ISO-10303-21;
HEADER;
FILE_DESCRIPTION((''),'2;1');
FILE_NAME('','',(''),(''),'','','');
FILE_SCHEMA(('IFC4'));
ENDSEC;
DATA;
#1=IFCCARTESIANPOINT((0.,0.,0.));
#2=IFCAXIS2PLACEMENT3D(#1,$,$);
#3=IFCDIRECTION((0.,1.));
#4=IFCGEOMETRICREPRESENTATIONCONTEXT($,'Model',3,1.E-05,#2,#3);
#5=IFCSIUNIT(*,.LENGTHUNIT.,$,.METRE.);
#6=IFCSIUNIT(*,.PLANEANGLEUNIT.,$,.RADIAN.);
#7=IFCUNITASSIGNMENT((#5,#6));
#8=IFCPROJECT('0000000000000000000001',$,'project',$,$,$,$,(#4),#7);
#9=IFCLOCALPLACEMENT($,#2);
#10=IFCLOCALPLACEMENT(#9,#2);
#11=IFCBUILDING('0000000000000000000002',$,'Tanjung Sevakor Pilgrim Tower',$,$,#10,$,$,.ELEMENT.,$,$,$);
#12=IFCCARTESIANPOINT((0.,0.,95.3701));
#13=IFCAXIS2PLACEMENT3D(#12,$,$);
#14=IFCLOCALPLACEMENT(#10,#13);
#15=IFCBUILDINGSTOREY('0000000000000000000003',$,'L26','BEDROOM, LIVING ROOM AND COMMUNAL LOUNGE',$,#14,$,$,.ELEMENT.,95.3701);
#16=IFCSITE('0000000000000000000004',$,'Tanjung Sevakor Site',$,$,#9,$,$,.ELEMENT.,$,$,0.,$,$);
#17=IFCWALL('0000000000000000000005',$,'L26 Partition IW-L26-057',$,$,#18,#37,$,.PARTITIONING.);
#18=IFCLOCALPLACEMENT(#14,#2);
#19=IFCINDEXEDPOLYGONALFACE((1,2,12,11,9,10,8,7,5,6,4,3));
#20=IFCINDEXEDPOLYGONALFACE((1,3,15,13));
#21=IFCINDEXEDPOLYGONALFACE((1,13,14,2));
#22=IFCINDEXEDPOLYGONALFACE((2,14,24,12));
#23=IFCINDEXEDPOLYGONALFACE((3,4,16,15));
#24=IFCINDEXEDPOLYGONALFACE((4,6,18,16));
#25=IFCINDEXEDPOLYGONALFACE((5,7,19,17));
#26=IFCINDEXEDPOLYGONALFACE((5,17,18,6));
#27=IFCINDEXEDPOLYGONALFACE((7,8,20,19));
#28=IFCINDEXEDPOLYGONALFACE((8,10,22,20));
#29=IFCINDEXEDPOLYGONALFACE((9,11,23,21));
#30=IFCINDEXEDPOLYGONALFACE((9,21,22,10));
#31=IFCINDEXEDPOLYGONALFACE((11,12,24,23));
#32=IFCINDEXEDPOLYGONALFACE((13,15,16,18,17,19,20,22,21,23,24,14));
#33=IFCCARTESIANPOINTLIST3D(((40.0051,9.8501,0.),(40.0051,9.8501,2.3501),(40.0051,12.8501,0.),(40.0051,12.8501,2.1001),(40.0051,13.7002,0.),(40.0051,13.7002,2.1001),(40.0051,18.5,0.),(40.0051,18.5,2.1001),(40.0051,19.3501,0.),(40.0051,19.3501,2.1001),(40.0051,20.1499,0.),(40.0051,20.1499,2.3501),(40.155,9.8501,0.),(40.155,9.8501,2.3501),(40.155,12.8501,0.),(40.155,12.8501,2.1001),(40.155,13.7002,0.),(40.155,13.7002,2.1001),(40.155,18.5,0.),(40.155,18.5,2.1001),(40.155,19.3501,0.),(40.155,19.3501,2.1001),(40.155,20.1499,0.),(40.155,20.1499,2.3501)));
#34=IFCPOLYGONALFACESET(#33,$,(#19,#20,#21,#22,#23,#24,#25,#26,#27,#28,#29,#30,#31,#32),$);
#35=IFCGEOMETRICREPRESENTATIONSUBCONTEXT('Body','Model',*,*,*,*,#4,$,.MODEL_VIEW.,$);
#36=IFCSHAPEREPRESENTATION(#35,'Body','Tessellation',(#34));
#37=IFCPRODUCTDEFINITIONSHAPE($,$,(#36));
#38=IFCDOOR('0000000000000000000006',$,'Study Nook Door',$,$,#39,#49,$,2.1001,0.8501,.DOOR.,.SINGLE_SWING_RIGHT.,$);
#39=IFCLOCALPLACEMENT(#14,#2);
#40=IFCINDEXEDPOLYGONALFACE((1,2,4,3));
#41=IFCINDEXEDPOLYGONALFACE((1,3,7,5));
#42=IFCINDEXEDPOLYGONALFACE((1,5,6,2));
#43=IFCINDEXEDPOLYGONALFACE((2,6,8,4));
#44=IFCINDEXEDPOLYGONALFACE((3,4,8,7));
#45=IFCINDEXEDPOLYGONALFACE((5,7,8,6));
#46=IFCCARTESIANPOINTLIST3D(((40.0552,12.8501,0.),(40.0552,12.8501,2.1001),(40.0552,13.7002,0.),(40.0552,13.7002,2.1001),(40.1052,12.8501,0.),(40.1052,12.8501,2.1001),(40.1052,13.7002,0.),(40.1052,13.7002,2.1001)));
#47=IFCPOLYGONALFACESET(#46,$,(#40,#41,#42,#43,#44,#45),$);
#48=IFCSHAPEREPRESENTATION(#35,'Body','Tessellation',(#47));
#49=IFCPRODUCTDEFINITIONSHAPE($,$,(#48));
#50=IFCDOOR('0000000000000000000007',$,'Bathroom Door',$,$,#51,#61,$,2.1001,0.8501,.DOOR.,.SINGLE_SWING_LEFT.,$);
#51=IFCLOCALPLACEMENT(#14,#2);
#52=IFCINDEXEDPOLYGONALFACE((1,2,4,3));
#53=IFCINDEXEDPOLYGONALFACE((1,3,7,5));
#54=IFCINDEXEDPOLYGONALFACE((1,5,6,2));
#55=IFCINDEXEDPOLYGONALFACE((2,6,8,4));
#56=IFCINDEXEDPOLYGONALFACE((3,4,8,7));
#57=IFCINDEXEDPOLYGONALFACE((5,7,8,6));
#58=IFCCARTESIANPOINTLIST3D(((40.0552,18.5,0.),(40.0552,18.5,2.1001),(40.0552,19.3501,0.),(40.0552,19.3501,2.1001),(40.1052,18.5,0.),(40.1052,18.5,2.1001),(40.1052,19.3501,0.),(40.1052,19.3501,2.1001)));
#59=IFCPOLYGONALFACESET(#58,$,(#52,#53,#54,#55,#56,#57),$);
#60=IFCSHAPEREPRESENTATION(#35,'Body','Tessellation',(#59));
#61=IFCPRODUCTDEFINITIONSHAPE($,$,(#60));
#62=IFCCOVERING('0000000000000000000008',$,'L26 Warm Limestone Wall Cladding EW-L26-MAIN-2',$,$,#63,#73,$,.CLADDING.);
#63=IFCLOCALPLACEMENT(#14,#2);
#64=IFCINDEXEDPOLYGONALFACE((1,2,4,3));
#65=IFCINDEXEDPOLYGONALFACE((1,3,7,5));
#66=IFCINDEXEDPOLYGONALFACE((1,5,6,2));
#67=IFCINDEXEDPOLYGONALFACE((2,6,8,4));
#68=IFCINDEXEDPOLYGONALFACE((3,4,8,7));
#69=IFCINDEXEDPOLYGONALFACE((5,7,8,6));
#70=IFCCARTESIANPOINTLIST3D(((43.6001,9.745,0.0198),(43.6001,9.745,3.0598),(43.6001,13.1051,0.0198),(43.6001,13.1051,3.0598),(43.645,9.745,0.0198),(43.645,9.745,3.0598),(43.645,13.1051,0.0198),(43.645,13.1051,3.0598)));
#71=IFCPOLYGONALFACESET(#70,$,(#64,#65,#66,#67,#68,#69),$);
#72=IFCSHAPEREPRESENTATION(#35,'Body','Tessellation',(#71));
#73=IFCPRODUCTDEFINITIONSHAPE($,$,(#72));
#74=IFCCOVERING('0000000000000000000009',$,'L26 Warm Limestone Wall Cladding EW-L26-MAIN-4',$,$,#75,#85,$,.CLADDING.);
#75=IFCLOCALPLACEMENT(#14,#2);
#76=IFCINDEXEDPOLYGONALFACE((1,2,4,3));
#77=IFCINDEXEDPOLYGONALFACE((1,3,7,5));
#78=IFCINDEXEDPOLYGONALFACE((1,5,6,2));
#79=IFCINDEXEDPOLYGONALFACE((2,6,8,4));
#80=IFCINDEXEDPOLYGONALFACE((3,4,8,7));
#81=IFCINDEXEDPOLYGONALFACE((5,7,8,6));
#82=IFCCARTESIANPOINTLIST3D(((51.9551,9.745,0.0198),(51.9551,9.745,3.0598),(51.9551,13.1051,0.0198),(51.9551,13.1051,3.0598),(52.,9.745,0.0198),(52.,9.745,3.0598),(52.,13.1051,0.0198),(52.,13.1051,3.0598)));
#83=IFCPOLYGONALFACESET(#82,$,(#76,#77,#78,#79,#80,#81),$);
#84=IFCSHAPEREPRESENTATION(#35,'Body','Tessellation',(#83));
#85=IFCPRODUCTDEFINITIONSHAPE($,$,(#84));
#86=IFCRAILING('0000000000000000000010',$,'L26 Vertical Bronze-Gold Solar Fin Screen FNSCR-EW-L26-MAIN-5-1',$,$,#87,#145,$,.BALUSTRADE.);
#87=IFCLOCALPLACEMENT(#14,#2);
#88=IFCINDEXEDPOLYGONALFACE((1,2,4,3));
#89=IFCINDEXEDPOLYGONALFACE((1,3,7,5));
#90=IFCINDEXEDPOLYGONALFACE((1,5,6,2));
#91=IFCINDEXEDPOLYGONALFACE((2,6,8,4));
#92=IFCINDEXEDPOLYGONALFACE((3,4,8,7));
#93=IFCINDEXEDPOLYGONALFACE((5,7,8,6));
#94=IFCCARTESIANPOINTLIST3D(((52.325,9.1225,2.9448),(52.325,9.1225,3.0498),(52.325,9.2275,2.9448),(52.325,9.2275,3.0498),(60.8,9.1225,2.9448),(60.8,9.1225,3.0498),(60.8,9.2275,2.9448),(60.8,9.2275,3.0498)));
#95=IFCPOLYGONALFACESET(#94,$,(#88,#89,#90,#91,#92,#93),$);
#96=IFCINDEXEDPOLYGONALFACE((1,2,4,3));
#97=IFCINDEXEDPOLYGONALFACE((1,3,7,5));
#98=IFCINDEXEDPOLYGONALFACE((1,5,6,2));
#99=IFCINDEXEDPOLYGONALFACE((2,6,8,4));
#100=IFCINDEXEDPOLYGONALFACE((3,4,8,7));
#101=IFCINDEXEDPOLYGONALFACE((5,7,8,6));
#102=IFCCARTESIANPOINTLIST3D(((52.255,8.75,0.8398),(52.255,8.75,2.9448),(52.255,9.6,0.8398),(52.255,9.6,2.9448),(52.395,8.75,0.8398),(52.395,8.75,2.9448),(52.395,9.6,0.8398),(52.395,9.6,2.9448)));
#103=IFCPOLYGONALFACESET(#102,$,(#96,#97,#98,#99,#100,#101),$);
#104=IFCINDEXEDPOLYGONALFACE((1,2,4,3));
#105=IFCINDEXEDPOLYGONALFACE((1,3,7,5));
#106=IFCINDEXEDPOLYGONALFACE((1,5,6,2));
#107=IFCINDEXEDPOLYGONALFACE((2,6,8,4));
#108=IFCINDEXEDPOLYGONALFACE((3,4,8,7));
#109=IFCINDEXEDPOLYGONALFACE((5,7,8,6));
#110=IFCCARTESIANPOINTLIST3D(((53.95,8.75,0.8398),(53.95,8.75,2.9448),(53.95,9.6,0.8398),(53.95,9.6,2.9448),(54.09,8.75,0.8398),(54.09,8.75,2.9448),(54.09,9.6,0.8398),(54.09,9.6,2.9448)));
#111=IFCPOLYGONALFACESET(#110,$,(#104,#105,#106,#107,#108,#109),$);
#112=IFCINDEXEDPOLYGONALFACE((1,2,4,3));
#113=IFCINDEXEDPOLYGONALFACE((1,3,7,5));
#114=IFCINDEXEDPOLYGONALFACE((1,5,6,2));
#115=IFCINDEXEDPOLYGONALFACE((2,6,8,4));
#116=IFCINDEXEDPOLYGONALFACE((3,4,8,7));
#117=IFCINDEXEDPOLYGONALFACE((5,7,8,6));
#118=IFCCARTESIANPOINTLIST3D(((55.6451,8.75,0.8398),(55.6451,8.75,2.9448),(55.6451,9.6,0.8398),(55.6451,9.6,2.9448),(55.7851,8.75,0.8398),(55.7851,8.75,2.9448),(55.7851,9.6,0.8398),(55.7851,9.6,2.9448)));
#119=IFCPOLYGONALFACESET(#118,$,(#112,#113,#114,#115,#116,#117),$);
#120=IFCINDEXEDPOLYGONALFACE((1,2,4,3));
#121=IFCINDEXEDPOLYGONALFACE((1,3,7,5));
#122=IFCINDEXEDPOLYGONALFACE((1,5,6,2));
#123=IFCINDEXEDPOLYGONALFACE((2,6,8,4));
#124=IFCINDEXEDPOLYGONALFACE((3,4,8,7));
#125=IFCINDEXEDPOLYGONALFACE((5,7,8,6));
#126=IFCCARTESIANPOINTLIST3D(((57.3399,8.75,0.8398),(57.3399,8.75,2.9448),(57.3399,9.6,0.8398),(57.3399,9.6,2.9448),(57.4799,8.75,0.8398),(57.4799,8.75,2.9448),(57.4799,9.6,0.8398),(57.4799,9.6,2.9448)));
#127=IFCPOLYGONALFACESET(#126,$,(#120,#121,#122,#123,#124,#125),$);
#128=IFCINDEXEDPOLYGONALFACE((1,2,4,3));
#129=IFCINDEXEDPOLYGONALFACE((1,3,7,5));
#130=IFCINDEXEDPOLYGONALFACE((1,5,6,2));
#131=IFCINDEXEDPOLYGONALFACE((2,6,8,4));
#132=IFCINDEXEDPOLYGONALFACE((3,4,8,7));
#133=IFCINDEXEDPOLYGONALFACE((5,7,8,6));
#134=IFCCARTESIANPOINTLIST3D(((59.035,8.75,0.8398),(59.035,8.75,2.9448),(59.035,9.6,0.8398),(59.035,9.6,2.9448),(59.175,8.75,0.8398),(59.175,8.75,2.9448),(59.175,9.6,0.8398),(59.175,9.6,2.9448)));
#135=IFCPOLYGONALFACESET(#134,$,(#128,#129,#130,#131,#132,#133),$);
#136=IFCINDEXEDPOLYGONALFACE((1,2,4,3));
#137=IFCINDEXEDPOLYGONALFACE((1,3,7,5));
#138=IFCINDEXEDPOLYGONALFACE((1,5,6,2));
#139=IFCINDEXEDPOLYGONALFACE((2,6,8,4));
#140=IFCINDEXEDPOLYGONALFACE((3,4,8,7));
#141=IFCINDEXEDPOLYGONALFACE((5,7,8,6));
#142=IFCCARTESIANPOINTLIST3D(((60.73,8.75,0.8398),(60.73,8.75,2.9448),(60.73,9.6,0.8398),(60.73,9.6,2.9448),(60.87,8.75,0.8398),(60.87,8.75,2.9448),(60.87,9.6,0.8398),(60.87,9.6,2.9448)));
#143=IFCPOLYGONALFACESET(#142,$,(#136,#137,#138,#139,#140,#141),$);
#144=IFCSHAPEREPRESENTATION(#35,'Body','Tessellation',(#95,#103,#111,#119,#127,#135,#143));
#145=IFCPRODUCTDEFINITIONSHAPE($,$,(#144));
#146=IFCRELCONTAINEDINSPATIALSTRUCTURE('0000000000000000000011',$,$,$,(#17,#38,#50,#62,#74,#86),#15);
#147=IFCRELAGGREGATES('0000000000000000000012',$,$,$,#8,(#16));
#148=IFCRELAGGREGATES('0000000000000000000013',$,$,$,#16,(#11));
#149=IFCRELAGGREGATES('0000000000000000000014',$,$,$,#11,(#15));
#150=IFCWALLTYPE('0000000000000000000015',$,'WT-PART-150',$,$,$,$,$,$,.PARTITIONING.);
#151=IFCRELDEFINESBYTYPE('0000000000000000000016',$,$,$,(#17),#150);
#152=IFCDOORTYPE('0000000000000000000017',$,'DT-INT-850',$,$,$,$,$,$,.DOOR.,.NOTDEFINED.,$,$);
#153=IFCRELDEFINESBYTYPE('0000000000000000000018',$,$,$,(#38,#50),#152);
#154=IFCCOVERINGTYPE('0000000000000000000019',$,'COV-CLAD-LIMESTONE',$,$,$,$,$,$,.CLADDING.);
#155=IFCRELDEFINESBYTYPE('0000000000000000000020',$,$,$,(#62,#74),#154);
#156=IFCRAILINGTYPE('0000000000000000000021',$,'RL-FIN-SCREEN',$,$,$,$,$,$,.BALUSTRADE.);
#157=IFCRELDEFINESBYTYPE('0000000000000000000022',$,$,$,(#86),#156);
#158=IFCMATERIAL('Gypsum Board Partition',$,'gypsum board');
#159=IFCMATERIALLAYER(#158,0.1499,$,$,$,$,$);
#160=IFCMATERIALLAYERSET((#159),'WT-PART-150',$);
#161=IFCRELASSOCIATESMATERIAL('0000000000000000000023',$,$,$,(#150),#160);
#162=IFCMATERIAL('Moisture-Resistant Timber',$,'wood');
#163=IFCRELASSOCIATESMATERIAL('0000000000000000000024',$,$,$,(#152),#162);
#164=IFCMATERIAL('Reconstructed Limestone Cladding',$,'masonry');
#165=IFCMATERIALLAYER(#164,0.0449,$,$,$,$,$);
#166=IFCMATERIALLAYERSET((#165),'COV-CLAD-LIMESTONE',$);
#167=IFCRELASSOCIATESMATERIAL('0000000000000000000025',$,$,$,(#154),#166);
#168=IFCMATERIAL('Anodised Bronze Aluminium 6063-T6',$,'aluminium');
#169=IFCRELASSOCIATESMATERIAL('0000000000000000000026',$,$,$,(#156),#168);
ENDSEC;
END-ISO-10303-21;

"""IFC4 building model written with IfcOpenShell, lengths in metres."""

from ifc_helpers import new_model, si_unit, direction, frame, frame_2d, origin, origin_2d, place, context, subcontext, project, spatial, rectangle, extrude, material, layer, layer_set, type_object, element, fill, save


model = new_model("IFC4")

# Units and contexts
model_context = context("Model", 3, precision=1e-05, world=origin(), true_north=direction((0.0, 1.0)))
body_context = subcontext(model_context, "Body", "Model", "MODEL_VIEW")
ifc_project = project(units=[si_unit("LENGTHUNIT", "METRE"), si_unit("PLANEANGLEUNIT", "RADIAN")], contexts=[model_context])

# Site, building, storey
site_placement = place(None, origin())
site = spatial("IfcSite", under=ifc_project, at=site_placement, Name="Tanjung Sevakor Site", CompositionType="ELEMENT", RefElevation=0.0)
building_placement = place(site_placement, origin())
building = spatial("IfcBuilding", under=site, at=building_placement, Name="Tanjung Sevakor Pilgrim Tower", CompositionType="ELEMENT")
storey_placement = place(building_placement, frame((0.0, 0.0, 95.3701)))
storey = spatial("IfcBuildingStorey", under=building, at=storey_placement, Name="L26", Description="BEDROOM, LIVING ROOM AND COMMUNAL LOUNGE", CompositionType="ELEMENT", Elevation=95.3701)

# Wall, openings, doors
ifc_material_1 = material(Name="Gypsum Board Partition", Category="gypsum board")
ifc_layer_1 = layer(ifc_material_1, 0.1499)
ifc_layer_set_1 = layer_set([ifc_layer_1], Name="WT-PART-150")
wall_type_1 = type_object("IfcWallType", Name="WT-PART-150", PredefinedType="PARTITIONING", material=ifc_layer_set_1)
wall_1_placement = place(storey_placement, frame((40.0801, 9.8501, 0.0), z_axis=(0.0, 0.0, 1.0), x_axis=(0.0, 1.0, 0.0)))
wall_1 = element("IfcWall", 1, at=wall_1_placement, inside=storey, type_object=wall_type_1, Name="L26 Partition IW-L26-057", PredefinedType="PARTITIONING", context=body_context, shape_type="SweptSolid", body=[
    extrude(rectangle(XDim=10.2998, YDim=0.1499, at=frame_2d((5.1499, 0.0))), origin(), (0.0, 0.0, 1.0), 2.3501),
])
opening_1_placement = place(wall_1_placement, frame((3.0, 0.0, 0.0)))
opening_1 = element("IfcOpeningElement", 2, at=opening_1_placement, cuts=wall_1, PredefinedType="OPENING", context=body_context, shape_type="SweptSolid", body=[
    extrude(rectangle(XDim=0.8501, YDim=2.1001, at=frame_2d((0.425, 1.05))), frame((0.0, 0.085, 0.0), z_axis=(0.0, -1.0, 0.0), x_axis=(1.0, 0.0, 0.0)), (0.0, 0.0, 1.0), 0.1699),
])
opening_2_placement = place(wall_1_placement, frame((8.6499, 0.0, 0.0)))
opening_2 = element("IfcOpeningElement", 3, at=opening_2_placement, cuts=wall_1, PredefinedType="OPENING", context=body_context, shape_type="SweptSolid", body=[
    extrude(rectangle(XDim=0.8501, YDim=2.1001, at=frame_2d((0.425, 1.05))), frame((0.0, 0.085, 0.0), z_axis=(0.0, -1.0, 0.0), x_axis=(1.0, 0.0, 0.0)), (0.0, 0.0, 1.0), 0.1699),
])
ifc_material_2 = material(Name="Moisture-Resistant Timber", Category="wood")
door_type_1 = type_object("IfcDoorType", Name="DT-INT-850", OperationType="NOTDEFINED", PredefinedType="DOOR", material=ifc_material_2)
door_1_placement = place(opening_1_placement, origin())
door_1 = element("IfcDoor", 4, at=door_1_placement, inside=storey, type_object=door_type_1, Name="Study Nook Door", OperationType="SINGLE_SWING_RIGHT", OverallHeight=2.1001, OverallWidth=0.8501, PredefinedType="DOOR", context=body_context, shape_type="SweptSolid", body=[
    extrude(rectangle(XDim=0.8501, YDim=2.1001, at=frame_2d((0.425, 1.05))), frame((0.0, 0.0249, 0.0), z_axis=(0.0, -1.0, 0.0), x_axis=(1.0, 0.0, 0.0)), (0.0, 0.0, 1.0), 0.05),
])
fill(opening_1, door_1)
door_2_placement = place(opening_2_placement, origin())
door_2 = element("IfcDoor", 5, at=door_2_placement, inside=storey, type_object=door_type_1, Name="Bathroom Door", OperationType="SINGLE_SWING_LEFT", OverallHeight=2.1001, OverallWidth=0.8501, PredefinedType="DOOR", context=body_context, shape_type="SweptSolid", body=[
    extrude(rectangle(XDim=0.8501, YDim=2.1001, at=frame_2d((0.425, 1.05))), frame((0.0, 0.0249, 0.0), z_axis=(0.0, -1.0, 0.0), x_axis=(1.0, 0.0, 0.0)), (0.0, 0.0, 1.0), 0.05),
])
fill(opening_2, door_2)

# Coverings
ifc_material_3 = material(Name="Reconstructed Limestone Cladding", Category="masonry")
ifc_layer_2 = layer(ifc_material_3, 0.0449)
ifc_layer_set_2 = layer_set([ifc_layer_2], Name="COV-CLAD-LIMESTONE")
covering_type = type_object("IfcCoveringType", Name="COV-CLAD-LIMESTONE", PredefinedType="CLADDING", material=ifc_layer_set_2)
for number, where, z_axis, x_axis, name in (
    (6, (43.6226, 11.425, 0.0198), (0.0, 0.0, 1.0), (0.0, 1.0, 0.0), "L26 Warm Limestone Wall Cladding EW-L26-MAIN-2"),
    (7, (51.9775, 11.425, 0.0198), (0.0, 0.0, 1.0), (0.0, -1.0, 0.0), "L26 Warm Limestone Wall Cladding EW-L26-MAIN-4"),
):
    element("IfcCovering", number, at=place(storey_placement, frame(where, z_axis=z_axis, x_axis=x_axis)), inside=storey, type_object=covering_type, Name=name, PredefinedType="CLADDING", context=body_context, shape_type="SweptSolid", body=[
        extrude(rectangle(XDim=3.3601, YDim=0.0449, at=origin_2d()), origin(), (0.0, 0.0, 1.0), 3.04),
    ])

# Railing
ifc_material_4 = material(Name="Anodised Bronze Aluminium 6063-T6", Category="aluminium")
railing_type = type_object("IfcRailingType", Name="RL-FIN-SCREEN", PredefinedType="BALUSTRADE", material=ifc_material_4)
railing_placement = place(storey_placement, frame((52.325, 9.175, 0.8398)))
element("IfcRailing", 8, at=railing_placement, inside=storey, type_object=railing_type, Name="L26 Vertical Bronze-Gold Solar Fin Screen FNSCR-EW-L26-MAIN-5-1", PredefinedType="BALUSTRADE", context=body_context, shape_type="SweptSolid", body=[
    extrude(rectangle(XDim=0.105, YDim=0.105), frame((0.0, 0.0, 2.1575), z_axis=(1.0, 0.0, 0.0), x_axis=(0.0, 1.0, 0.0)), (0.0, 0.0, 1.0), 8.4751),
    extrude(rectangle(XDim=0.14, YDim=0.85), origin(), (0.0, 0.0, 1.0), 2.105),
    extrude(rectangle(XDim=0.14, YDim=0.85), frame((1.6951, 0.0, 0.0)), (0.0, 0.0, 1.0), 2.105),
    extrude(rectangle(XDim=0.14, YDim=0.85), frame((3.3901, 0.0, 0.0)), (0.0, 0.0, 1.0), 2.105),
    extrude(rectangle(XDim=0.14, YDim=0.85), frame((5.085, 0.0, 0.0)), (0.0, 0.0, 1.0), 2.105),
    extrude(rectangle(XDim=0.14, YDim=0.85), frame((6.78, 0.0, 0.0)), (0.0, 0.0, 1.0), 2.105),
    extrude(rectangle(XDim=0.14, YDim=0.85), frame((8.4751, 0.0, 0.0)), (0.0, 0.0, 1.0), 2.105),
])

save(model, "model.ifc")
